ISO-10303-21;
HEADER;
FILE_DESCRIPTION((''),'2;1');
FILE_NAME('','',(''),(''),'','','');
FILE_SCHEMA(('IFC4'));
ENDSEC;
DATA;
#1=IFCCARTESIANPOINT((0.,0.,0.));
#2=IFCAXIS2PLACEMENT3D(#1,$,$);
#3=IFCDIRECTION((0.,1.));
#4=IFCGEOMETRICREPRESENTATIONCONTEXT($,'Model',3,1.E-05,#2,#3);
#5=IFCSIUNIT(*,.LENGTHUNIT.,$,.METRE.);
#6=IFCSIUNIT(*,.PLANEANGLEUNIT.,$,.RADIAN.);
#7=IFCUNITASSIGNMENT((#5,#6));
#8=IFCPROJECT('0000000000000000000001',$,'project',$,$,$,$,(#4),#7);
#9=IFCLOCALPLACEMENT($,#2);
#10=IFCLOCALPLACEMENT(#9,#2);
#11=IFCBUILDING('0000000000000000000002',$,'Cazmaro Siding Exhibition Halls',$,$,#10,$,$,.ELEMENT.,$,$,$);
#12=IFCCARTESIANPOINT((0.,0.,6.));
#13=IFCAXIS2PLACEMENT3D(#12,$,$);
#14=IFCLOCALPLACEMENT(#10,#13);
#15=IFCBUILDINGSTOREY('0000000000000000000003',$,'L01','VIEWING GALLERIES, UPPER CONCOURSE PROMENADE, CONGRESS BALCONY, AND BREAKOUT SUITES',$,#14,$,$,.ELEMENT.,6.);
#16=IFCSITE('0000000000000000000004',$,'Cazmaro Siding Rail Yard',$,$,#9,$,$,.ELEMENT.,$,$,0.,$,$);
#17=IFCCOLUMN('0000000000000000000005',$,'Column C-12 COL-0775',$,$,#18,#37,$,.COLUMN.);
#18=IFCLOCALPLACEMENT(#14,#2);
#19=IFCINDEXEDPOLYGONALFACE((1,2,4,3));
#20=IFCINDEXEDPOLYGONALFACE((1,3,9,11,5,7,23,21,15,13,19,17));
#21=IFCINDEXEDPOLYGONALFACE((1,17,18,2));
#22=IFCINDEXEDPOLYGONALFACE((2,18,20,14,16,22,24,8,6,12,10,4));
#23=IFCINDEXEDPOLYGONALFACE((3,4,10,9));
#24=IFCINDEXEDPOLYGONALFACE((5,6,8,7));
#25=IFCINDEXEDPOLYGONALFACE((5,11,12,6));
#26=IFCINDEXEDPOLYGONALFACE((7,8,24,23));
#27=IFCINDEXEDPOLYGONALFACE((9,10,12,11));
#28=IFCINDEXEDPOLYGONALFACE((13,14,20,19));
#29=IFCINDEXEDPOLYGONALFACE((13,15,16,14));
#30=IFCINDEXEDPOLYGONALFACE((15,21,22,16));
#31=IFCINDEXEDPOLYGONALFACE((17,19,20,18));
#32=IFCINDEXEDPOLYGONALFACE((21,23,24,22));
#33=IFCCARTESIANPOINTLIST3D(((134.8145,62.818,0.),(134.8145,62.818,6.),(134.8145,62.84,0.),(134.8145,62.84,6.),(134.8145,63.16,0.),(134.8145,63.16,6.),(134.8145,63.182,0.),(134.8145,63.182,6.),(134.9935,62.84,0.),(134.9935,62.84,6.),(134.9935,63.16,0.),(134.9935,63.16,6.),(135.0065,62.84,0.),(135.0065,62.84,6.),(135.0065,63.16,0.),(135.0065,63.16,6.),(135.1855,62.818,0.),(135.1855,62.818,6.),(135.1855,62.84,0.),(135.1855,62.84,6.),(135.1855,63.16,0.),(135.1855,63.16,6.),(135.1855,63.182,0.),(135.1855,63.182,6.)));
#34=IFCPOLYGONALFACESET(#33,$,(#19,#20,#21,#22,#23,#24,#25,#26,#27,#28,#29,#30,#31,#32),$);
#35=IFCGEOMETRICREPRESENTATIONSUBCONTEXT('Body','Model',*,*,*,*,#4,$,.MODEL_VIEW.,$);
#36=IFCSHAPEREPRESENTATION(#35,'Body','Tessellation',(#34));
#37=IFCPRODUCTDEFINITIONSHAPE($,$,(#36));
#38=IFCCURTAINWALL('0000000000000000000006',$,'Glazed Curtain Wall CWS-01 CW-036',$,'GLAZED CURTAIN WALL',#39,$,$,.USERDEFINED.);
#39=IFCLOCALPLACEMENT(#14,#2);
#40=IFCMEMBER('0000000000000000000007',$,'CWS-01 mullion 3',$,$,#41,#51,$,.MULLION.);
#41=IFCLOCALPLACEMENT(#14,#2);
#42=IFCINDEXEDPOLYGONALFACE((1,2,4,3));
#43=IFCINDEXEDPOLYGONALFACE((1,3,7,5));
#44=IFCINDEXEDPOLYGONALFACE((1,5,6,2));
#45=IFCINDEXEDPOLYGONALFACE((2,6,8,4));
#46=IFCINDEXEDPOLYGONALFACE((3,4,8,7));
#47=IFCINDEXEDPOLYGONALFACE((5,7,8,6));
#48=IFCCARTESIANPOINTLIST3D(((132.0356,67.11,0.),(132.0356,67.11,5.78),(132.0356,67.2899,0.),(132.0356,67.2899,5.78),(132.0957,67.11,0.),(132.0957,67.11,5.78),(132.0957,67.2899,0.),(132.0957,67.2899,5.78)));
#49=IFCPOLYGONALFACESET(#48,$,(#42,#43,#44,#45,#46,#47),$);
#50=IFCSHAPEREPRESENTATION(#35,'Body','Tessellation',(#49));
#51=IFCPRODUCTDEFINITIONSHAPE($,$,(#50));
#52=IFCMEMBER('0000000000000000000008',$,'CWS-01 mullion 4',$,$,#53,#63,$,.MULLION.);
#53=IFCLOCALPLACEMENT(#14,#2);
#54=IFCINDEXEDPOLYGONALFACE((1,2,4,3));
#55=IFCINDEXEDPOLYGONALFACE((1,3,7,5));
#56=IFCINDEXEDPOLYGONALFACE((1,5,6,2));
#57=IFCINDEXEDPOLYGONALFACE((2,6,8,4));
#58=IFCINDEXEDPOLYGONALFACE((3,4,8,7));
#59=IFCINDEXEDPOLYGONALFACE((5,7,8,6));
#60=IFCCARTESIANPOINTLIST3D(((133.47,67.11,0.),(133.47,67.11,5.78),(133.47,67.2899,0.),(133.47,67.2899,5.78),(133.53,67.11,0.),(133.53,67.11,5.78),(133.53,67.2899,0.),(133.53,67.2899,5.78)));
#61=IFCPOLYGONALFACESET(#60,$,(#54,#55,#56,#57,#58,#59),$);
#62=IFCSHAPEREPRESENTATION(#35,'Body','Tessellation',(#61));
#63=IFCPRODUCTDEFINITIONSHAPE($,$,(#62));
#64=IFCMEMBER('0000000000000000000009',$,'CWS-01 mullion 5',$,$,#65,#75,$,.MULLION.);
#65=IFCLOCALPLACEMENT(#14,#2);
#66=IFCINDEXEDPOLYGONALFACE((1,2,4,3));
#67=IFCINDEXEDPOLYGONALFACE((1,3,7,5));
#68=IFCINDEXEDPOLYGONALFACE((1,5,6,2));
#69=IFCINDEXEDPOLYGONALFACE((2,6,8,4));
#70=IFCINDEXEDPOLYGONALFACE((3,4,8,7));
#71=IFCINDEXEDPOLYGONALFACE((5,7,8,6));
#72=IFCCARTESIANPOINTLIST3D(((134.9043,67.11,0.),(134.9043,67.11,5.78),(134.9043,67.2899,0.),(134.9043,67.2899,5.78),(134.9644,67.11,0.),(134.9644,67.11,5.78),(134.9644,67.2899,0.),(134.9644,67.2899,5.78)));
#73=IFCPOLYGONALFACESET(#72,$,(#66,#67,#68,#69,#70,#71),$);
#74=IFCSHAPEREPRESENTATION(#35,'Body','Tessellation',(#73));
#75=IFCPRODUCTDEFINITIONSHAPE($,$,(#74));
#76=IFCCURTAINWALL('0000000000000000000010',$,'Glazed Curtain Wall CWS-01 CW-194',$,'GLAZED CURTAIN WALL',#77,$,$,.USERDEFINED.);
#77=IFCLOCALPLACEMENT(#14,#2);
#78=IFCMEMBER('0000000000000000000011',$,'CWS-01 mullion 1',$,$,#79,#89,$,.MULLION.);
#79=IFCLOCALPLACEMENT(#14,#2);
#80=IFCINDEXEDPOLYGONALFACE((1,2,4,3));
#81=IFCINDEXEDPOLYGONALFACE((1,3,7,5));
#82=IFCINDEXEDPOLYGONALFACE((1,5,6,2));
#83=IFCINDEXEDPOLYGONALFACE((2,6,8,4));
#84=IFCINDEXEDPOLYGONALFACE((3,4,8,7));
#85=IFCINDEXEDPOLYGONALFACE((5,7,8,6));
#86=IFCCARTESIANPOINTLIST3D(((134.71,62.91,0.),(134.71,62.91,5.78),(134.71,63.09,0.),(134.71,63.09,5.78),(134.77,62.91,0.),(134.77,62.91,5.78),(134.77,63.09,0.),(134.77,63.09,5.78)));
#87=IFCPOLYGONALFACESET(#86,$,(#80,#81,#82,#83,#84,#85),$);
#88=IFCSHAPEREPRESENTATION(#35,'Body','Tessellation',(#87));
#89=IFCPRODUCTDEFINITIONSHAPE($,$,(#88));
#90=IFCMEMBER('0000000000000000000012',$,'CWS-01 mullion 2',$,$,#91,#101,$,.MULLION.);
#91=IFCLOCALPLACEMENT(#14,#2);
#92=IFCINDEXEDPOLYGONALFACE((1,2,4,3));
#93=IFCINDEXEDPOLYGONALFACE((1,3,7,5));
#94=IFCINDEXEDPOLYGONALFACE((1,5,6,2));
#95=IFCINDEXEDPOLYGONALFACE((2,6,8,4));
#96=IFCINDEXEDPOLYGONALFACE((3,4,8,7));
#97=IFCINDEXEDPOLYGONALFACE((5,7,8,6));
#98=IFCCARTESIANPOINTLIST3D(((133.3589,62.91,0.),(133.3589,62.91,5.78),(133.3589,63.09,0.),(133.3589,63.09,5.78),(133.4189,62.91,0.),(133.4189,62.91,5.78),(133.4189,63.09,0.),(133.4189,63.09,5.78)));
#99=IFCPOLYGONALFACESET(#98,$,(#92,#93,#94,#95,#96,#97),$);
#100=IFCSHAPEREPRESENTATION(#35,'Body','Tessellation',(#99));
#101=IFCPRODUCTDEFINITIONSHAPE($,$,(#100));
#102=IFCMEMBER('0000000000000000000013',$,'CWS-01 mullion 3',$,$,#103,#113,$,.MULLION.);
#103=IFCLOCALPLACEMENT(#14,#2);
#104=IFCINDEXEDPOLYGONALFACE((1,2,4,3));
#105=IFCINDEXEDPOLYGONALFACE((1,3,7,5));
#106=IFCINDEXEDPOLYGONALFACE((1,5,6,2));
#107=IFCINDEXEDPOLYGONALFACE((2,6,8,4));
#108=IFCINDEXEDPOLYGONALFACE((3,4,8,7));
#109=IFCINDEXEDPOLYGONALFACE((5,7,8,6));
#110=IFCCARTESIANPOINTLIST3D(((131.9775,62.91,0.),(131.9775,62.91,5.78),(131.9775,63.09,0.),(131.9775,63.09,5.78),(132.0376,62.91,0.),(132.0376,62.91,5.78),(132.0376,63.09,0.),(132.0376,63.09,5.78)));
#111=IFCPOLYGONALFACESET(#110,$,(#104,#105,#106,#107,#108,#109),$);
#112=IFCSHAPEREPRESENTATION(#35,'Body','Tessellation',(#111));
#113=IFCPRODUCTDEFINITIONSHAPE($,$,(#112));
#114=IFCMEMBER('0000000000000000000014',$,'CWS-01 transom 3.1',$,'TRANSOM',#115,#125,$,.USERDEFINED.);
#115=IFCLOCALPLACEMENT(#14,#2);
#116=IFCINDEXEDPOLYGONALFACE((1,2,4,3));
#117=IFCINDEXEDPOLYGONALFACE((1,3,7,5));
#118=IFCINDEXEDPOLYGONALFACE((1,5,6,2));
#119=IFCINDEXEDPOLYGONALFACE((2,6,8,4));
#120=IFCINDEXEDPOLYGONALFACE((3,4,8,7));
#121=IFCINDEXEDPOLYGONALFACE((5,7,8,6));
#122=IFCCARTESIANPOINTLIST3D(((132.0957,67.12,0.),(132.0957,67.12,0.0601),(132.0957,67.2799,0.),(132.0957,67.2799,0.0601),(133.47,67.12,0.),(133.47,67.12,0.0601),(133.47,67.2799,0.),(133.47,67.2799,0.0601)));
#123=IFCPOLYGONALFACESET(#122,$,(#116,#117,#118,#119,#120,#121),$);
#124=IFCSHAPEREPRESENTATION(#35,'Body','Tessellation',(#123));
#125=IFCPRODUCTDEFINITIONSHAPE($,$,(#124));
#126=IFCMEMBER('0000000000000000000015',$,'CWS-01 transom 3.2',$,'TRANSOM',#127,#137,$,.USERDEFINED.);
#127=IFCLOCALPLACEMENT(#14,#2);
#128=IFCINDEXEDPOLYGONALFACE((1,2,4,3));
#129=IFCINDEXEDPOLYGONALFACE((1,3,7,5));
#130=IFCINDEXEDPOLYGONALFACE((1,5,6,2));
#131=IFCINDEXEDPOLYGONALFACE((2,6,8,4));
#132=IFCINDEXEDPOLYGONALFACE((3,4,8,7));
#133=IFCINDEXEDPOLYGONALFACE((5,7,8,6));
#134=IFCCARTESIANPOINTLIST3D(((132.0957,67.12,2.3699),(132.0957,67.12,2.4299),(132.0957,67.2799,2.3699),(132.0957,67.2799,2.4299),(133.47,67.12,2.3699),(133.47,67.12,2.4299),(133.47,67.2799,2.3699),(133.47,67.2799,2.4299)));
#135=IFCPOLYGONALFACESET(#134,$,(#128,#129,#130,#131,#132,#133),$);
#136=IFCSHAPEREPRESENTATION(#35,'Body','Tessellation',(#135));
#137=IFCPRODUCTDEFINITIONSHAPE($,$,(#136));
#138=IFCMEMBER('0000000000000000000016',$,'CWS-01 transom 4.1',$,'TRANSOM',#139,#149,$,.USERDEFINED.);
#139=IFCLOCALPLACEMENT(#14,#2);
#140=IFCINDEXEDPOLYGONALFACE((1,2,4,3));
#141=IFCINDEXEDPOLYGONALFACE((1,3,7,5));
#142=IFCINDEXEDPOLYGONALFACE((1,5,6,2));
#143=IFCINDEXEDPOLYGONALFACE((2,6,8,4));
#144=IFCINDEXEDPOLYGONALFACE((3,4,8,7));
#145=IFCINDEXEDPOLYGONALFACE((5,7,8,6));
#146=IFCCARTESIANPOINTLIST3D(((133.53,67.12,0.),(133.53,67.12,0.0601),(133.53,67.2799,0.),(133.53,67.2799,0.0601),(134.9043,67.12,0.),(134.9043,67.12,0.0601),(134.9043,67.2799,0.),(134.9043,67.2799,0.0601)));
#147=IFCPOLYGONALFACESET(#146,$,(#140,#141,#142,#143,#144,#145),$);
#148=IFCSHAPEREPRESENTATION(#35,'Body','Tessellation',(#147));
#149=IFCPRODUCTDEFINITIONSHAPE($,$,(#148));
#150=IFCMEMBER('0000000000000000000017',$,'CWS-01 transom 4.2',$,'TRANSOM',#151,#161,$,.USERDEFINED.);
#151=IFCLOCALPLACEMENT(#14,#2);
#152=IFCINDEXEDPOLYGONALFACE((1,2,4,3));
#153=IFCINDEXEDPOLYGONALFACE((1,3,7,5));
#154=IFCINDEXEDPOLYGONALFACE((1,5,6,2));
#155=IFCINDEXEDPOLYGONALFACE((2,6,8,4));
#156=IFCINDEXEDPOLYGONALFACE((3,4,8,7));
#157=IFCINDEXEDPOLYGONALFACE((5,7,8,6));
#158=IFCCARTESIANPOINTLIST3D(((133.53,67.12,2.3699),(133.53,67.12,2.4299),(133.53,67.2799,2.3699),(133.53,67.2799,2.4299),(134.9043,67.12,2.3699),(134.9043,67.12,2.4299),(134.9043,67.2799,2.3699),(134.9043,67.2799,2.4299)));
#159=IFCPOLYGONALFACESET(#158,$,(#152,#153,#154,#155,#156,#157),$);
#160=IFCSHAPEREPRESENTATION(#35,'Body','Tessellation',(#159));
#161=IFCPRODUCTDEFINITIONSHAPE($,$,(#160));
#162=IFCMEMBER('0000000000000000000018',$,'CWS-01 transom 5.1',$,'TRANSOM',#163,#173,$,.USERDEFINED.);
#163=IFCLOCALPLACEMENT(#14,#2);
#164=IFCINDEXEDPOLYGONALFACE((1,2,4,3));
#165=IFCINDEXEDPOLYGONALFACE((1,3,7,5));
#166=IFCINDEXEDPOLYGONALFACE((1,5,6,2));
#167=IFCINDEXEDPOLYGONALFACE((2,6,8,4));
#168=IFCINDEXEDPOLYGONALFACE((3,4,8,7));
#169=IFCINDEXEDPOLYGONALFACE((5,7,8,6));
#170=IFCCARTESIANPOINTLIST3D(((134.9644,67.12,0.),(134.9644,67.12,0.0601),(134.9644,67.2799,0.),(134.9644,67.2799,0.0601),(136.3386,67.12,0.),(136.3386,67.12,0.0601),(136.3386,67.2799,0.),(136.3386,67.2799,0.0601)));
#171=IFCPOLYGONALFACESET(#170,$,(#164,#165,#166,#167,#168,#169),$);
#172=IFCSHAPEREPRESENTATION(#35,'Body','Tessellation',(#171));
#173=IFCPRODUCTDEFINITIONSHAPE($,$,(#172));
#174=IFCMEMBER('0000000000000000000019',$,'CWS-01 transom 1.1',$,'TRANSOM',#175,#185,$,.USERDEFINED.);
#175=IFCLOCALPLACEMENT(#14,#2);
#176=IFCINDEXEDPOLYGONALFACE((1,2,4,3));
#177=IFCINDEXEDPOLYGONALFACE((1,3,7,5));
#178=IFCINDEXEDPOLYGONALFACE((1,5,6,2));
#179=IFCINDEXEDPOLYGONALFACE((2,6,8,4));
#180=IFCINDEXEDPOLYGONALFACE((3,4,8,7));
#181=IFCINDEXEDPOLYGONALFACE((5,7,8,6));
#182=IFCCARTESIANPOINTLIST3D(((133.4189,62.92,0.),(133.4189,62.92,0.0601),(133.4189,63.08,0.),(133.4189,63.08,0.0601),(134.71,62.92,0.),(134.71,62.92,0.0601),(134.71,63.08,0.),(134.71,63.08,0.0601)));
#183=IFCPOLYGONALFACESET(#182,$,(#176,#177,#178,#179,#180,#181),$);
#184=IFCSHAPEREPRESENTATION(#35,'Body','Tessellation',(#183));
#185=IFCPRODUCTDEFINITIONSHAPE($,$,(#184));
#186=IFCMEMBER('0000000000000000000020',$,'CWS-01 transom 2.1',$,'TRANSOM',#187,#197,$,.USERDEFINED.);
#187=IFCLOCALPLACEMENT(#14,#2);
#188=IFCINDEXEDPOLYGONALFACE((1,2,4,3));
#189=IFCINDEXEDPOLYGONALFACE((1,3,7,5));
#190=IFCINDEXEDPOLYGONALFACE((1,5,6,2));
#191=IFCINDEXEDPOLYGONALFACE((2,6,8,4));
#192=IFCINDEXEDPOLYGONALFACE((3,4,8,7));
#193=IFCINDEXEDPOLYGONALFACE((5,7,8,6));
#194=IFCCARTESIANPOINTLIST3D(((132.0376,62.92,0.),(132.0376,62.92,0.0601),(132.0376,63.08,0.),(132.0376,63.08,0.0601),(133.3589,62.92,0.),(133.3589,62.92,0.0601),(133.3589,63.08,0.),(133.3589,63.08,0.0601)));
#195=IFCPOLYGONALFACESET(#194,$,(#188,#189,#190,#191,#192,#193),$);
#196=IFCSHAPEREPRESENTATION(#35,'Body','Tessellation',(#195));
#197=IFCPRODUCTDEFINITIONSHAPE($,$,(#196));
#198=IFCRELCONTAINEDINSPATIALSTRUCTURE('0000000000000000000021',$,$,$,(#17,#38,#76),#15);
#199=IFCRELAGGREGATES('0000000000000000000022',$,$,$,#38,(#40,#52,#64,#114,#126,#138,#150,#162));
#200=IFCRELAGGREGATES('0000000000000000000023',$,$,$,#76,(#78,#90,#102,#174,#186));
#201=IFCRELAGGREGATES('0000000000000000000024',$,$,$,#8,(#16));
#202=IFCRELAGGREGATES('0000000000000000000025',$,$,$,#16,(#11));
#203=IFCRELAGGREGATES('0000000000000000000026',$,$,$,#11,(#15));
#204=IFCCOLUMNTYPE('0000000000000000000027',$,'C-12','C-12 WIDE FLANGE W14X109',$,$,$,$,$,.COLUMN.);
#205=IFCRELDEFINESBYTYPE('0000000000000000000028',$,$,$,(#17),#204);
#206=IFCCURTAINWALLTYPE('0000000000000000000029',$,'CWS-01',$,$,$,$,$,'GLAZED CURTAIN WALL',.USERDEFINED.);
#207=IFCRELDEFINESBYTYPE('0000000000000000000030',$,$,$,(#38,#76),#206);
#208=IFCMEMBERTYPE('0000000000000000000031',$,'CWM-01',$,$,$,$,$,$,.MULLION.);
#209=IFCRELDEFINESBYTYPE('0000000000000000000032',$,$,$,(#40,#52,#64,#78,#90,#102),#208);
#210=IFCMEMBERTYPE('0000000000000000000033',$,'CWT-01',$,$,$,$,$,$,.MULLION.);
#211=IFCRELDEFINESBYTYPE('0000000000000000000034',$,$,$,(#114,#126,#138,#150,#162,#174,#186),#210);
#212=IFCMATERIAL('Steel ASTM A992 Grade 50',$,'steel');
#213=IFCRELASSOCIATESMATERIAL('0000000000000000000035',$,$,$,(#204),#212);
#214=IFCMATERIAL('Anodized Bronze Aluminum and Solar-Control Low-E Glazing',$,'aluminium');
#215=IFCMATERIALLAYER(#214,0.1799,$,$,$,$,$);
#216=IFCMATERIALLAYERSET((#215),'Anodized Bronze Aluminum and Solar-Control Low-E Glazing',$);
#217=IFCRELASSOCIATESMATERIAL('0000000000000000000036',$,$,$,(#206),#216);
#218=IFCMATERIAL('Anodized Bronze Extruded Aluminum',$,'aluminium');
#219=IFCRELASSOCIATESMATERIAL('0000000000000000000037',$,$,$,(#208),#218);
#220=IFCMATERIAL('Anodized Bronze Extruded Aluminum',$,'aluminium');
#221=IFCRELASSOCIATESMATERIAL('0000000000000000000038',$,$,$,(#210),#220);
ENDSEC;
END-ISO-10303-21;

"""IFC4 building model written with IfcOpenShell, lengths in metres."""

from ifc_helpers import new_model, si_unit, direction, frame, origin, origin_2d, place, context, subcontext, project, spatial, rectangle, i_section, extrude, material, layer, layer_set, material_profile, profile_set, type_object, element, aggregate, save


model = new_model("IFC4")

# Units and contexts
model_context = context("Model", 3, precision=1e-05, world=origin(), true_north=direction((0.0, 1.0)))
body_context = subcontext(model_context, "Body", "Model", "MODEL_VIEW")
ifc_project = project(units=[si_unit("LENGTHUNIT", "METRE"), si_unit("PLANEANGLEUNIT", "RADIAN")], contexts=[model_context])

# Site, building, storey
site_placement = place(None, origin())
site = spatial("IfcSite", under=ifc_project, at=site_placement, Name="Cazmaro Siding Rail Yard", CompositionType="ELEMENT", RefElevation=0.0)
building_placement = place(site_placement, origin())
building = spatial("IfcBuilding", under=site, at=building_placement, Name="Cazmaro Siding Exhibition Halls", CompositionType="ELEMENT")
storey_placement = place(building_placement, frame((0.0, 0.0, 6.0)))
storey = spatial("IfcBuildingStorey", under=building, at=storey_placement, Name="L01", Description="VIEWING GALLERIES, UPPER CONCOURSE PROMENADE, CONGRESS BALCONY, AND BREAKOUT SUITES", CompositionType="ELEMENT", Elevation=6.0)

# Column
ifc_material_1 = material(Name="Steel ASTM A992 Grade 50", Category="steel")
ifc_material_profile_1 = material_profile(ifc_material_1, i_section(OverallWidth=0.3711, OverallDepth=0.364, WebThickness=0.0129, FlangeThickness=0.022, at=origin_2d()), Name="W14X109")
ifc_profile_set_1 = profile_set([ifc_material_profile_1], Name="Steel ASTM A992 Grade 50")
column_type = type_object("IfcColumnType", Name="C-12", Description="C-12 WIDE FLANGE W14X109", PredefinedType="COLUMN", material=ifc_profile_set_1)
column_placement = place(storey_placement, frame((135.0, 63.0, 0.0), z_axis=(0.0, 0.0, 1.0), x_axis=(1.0, 0.0, 0.0)))
element("IfcColumn", 1, at=column_placement, inside=storey, type_object=column_type, Name="Column C-12 COL-0775", PredefinedType="COLUMN", context=body_context, shape_type="SweptSolid", body=[
    extrude(i_section(OverallWidth=0.3711, OverallDepth=0.364, WebThickness=0.0129, FlangeThickness=0.022, at=origin_2d()), origin(), (0.0, 0.0, 1.0), 6.0),
])

# Curtain walls, members
ifc_material_2 = material(Name="Anodized Bronze Aluminum and Solar-Control Low-E Glazing", Category="aluminium")
ifc_layer_1 = layer(ifc_material_2, 0.1799)
ifc_layer_set_1 = layer_set([ifc_layer_1], Name="Anodized Bronze Aluminum and Solar-Control Low-E Glazing")
curtain_wall_type = type_object("IfcCurtainWallType", Name="CWS-01", ElementType="GLAZED CURTAIN WALL", PredefinedType="USERDEFINED", material=ifc_layer_set_1)
curtain_wall_1_placement = place(storey_placement, origin())
curtain_wall_1 = element("IfcCurtainWall", 2, at=curtain_wall_1_placement, inside=storey, type_object=curtain_wall_type, Name="Glazed Curtain Wall CWS-01 CW-036", ObjectType="GLAZED CURTAIN WALL", PredefinedType="USERDEFINED")
ifc_material_3 = material(Name="Anodized Bronze Extruded Aluminum", Category="aluminium")
ifc_material_profile_2 = material_profile(ifc_material_3, rectangle(XDim=0.1799, YDim=0.0601, at=origin_2d()), Name="CWM-01")
ifc_profile_set_2 = profile_set([ifc_material_profile_2], Name="Anodized Bronze Extruded Aluminum")
member_type_1 = type_object("IfcMemberType", Name="CWM-01", PredefinedType="MULLION", material=ifc_profile_set_2)
member_1_placement = place(storey_placement, frame((132.0657, 67.2, 0.0), z_axis=(0.0, 0.0, 1.0), x_axis=(0.0, 1.0, 0.0)))
member_1 = element("IfcMember", 3, at=member_1_placement, type_object=member_type_1, Name="CWS-01 mullion 3", PredefinedType="MULLION", context=body_context, shape_type="SweptSolid", body=[
    extrude(rectangle(XDim=0.1799, YDim=0.0601, at=origin_2d()), origin(), (0.0, 0.0, 1.0), 5.78),
])
member_2_placement = place(storey_placement, frame((133.5, 67.2, 0.0), z_axis=(0.0, 0.0, 1.0), x_axis=(0.0, 1.0, 0.0)))
member_2 = element("IfcMember", 4, at=member_2_placement, type_object=member_type_1, Name="CWS-01 mullion 4", PredefinedType="MULLION", context=body_context, shape_type="SweptSolid", body=[
    extrude(rectangle(XDim=0.1799, YDim=0.0601, at=origin_2d()), origin(), (0.0, 0.0, 1.0), 5.78),
])
member_3_placement = place(storey_placement, frame((134.9343, 67.2, 0.0), z_axis=(0.0, 0.0, 1.0), x_axis=(0.0, 1.0, 0.0)))
member_3 = element("IfcMember", 5, at=member_3_placement, type_object=member_type_1, Name="CWS-01 mullion 5", PredefinedType="MULLION", context=body_context, shape_type="SweptSolid", body=[
    extrude(rectangle(XDim=0.1799, YDim=0.0601, at=origin_2d()), origin(), (0.0, 0.0, 1.0), 5.78),
])
curtain_wall_2_placement = place(storey_placement, origin())
curtain_wall_2 = element("IfcCurtainWall", 6, at=curtain_wall_2_placement, inside=storey, type_object=curtain_wall_type, Name="Glazed Curtain Wall CWS-01 CW-194", ObjectType="GLAZED CURTAIN WALL", PredefinedType="USERDEFINED")
member_4_placement = place(storey_placement, frame((134.74, 63.0, 0.0), z_axis=(0.0, 0.0, 1.0), x_axis=(0.0, -1.0, 0.0)))
member_4 = element("IfcMember", 7, at=member_4_placement, type_object=member_type_1, Name="CWS-01 mullion 1", PredefinedType="MULLION", context=body_context, shape_type="SweptSolid", body=[
    extrude(rectangle(XDim=0.1799, YDim=0.0601, at=origin_2d()), origin(), (0.0, 0.0, 1.0), 5.78),
])
member_5_placement = place(storey_placement, frame((133.3889, 63.0, 0.0), z_axis=(0.0, 0.0, 1.0), x_axis=(0.0, -1.0, 0.0)))
member_5 = element("IfcMember", 8, at=member_5_placement, type_object=member_type_1, Name="CWS-01 mullion 2", PredefinedType="MULLION", context=body_context, shape_type="SweptSolid", body=[
    extrude(rectangle(XDim=0.1799, YDim=0.0601, at=origin_2d()), origin(), (0.0, 0.0, 1.0), 5.78),
])
member_6_placement = place(storey_placement, frame((132.0076, 63.0, 0.0), z_axis=(0.0, 0.0, 1.0), x_axis=(0.0, -1.0, 0.0)))
member_6 = element("IfcMember", 9, at=member_6_placement, type_object=member_type_1, Name="CWS-01 mullion 3", PredefinedType="MULLION", context=body_context, shape_type="SweptSolid", body=[
    extrude(rectangle(XDim=0.1799, YDim=0.0601, at=origin_2d()), origin(), (0.0, 0.0, 1.0), 5.78),
])

# Members
ifc_material_4 = material(Name="Anodized Bronze Extruded Aluminum", Category="aluminium")
ifc_material_profile_3 = material_profile(ifc_material_4, rectangle(XDim=0.1599, YDim=0.0601, at=origin_2d()), Name="CWT-01")
ifc_profile_set_3 = profile_set([ifc_material_profile_3], Name="Anodized Bronze Extruded Aluminum")
member_type_2 = type_object("IfcMemberType", Name="CWT-01", PredefinedType="MULLION", material=ifc_profile_set_3)
member_7_placement = place(storey_placement, frame((132.0957, 67.2, 0.03), z_axis=(1.0, 0.0, 0.0), x_axis=(0.0, 1.0, 0.0)))
member_7 = element("IfcMember", 10, at=member_7_placement, type_object=member_type_2, Name="CWS-01 transom 3.1", ObjectType="TRANSOM", PredefinedType="USERDEFINED", context=body_context, shape_type="SweptSolid", body=[
    extrude(rectangle(XDim=0.1599, YDim=0.0601, at=origin_2d()), origin(), (0.0, 0.0, 1.0), 1.3743),
])
member_8_placement = place(storey_placement, frame((132.0957, 67.2, 2.3999), z_axis=(1.0, 0.0, 0.0), x_axis=(0.0, 1.0, 0.0)))
member_8 = element("IfcMember", 11, at=member_8_placement, type_object=member_type_2, Name="CWS-01 transom 3.2", ObjectType="TRANSOM", PredefinedType="USERDEFINED", context=body_context, shape_type="SweptSolid", body=[
    extrude(rectangle(XDim=0.1599, YDim=0.0601, at=origin_2d()), origin(), (0.0, 0.0, 1.0), 1.3743),
])
member_9_placement = place(storey_placement, frame((133.53, 67.2, 0.03), z_axis=(1.0, 0.0, 0.0), x_axis=(0.0, 1.0, 0.0)))
member_9 = element("IfcMember", 12, at=member_9_placement, type_object=member_type_2, Name="CWS-01 transom 4.1", ObjectType="TRANSOM", PredefinedType="USERDEFINED", context=body_context, shape_type="SweptSolid", body=[
    extrude(rectangle(XDim=0.1599, YDim=0.0601, at=origin_2d()), origin(), (0.0, 0.0, 1.0), 1.3743),
])
member_10_placement = place(storey_placement, frame((133.53, 67.2, 2.3999), z_axis=(1.0, 0.0, 0.0), x_axis=(0.0, 1.0, 0.0)))
member_10 = element("IfcMember", 13, at=member_10_placement, type_object=member_type_2, Name="CWS-01 transom 4.2", ObjectType="TRANSOM", PredefinedType="USERDEFINED", context=body_context, shape_type="SweptSolid", body=[
    extrude(rectangle(XDim=0.1599, YDim=0.0601, at=origin_2d()), origin(), (0.0, 0.0, 1.0), 1.3743),
])
member_11_placement = place(storey_placement, frame((134.9644, 67.2, 0.03), z_axis=(1.0, 0.0, 0.0), x_axis=(0.0, 1.0, 0.0)))
member_11 = element("IfcMember", 14, at=member_11_placement, type_object=member_type_2, Name="CWS-01 transom 5.1", ObjectType="TRANSOM", PredefinedType="USERDEFINED", context=body_context, shape_type="SweptSolid", body=[
    extrude(rectangle(XDim=0.1599, YDim=0.0601, at=origin_2d()), origin(), (0.0, 0.0, 1.0), 1.3743),
])
member_12_placement = place(storey_placement, frame((134.71, 63.0, 0.03), z_axis=(-1.0, 0.0, 0.0), x_axis=(0.0, -1.0, 0.0)))
member_12 = element("IfcMember", 15, at=member_12_placement, type_object=member_type_2, Name="CWS-01 transom 1.1", ObjectType="TRANSOM", PredefinedType="USERDEFINED", context=body_context, shape_type="SweptSolid", body=[
    extrude(rectangle(XDim=0.1599, YDim=0.0601, at=origin_2d()), origin(), (0.0, 0.0, 1.0), 1.291),
])
member_13_placement = place(storey_placement, frame((133.3589, 63.0, 0.03), z_axis=(-1.0, 0.0, 0.0), x_axis=(0.0, -1.0, 0.0)))
member_13 = element("IfcMember", 16, at=member_13_placement, type_object=member_type_2, Name="CWS-01 transom 2.1", ObjectType="TRANSOM", PredefinedType="USERDEFINED", context=body_context, shape_type="SweptSolid", body=[
    extrude(rectangle(XDim=0.1599, YDim=0.0601, at=origin_2d()), origin(), (0.0, 0.0, 1.0), 1.3213),
])

aggregate(curtain_wall_1, [member_1, member_2, member_3, member_7, member_8, member_9, member_10, member_11])
aggregate(curtain_wall_2, [member_4, member_5, member_6, member_12, member_13])

save(model, "model.ifc")
